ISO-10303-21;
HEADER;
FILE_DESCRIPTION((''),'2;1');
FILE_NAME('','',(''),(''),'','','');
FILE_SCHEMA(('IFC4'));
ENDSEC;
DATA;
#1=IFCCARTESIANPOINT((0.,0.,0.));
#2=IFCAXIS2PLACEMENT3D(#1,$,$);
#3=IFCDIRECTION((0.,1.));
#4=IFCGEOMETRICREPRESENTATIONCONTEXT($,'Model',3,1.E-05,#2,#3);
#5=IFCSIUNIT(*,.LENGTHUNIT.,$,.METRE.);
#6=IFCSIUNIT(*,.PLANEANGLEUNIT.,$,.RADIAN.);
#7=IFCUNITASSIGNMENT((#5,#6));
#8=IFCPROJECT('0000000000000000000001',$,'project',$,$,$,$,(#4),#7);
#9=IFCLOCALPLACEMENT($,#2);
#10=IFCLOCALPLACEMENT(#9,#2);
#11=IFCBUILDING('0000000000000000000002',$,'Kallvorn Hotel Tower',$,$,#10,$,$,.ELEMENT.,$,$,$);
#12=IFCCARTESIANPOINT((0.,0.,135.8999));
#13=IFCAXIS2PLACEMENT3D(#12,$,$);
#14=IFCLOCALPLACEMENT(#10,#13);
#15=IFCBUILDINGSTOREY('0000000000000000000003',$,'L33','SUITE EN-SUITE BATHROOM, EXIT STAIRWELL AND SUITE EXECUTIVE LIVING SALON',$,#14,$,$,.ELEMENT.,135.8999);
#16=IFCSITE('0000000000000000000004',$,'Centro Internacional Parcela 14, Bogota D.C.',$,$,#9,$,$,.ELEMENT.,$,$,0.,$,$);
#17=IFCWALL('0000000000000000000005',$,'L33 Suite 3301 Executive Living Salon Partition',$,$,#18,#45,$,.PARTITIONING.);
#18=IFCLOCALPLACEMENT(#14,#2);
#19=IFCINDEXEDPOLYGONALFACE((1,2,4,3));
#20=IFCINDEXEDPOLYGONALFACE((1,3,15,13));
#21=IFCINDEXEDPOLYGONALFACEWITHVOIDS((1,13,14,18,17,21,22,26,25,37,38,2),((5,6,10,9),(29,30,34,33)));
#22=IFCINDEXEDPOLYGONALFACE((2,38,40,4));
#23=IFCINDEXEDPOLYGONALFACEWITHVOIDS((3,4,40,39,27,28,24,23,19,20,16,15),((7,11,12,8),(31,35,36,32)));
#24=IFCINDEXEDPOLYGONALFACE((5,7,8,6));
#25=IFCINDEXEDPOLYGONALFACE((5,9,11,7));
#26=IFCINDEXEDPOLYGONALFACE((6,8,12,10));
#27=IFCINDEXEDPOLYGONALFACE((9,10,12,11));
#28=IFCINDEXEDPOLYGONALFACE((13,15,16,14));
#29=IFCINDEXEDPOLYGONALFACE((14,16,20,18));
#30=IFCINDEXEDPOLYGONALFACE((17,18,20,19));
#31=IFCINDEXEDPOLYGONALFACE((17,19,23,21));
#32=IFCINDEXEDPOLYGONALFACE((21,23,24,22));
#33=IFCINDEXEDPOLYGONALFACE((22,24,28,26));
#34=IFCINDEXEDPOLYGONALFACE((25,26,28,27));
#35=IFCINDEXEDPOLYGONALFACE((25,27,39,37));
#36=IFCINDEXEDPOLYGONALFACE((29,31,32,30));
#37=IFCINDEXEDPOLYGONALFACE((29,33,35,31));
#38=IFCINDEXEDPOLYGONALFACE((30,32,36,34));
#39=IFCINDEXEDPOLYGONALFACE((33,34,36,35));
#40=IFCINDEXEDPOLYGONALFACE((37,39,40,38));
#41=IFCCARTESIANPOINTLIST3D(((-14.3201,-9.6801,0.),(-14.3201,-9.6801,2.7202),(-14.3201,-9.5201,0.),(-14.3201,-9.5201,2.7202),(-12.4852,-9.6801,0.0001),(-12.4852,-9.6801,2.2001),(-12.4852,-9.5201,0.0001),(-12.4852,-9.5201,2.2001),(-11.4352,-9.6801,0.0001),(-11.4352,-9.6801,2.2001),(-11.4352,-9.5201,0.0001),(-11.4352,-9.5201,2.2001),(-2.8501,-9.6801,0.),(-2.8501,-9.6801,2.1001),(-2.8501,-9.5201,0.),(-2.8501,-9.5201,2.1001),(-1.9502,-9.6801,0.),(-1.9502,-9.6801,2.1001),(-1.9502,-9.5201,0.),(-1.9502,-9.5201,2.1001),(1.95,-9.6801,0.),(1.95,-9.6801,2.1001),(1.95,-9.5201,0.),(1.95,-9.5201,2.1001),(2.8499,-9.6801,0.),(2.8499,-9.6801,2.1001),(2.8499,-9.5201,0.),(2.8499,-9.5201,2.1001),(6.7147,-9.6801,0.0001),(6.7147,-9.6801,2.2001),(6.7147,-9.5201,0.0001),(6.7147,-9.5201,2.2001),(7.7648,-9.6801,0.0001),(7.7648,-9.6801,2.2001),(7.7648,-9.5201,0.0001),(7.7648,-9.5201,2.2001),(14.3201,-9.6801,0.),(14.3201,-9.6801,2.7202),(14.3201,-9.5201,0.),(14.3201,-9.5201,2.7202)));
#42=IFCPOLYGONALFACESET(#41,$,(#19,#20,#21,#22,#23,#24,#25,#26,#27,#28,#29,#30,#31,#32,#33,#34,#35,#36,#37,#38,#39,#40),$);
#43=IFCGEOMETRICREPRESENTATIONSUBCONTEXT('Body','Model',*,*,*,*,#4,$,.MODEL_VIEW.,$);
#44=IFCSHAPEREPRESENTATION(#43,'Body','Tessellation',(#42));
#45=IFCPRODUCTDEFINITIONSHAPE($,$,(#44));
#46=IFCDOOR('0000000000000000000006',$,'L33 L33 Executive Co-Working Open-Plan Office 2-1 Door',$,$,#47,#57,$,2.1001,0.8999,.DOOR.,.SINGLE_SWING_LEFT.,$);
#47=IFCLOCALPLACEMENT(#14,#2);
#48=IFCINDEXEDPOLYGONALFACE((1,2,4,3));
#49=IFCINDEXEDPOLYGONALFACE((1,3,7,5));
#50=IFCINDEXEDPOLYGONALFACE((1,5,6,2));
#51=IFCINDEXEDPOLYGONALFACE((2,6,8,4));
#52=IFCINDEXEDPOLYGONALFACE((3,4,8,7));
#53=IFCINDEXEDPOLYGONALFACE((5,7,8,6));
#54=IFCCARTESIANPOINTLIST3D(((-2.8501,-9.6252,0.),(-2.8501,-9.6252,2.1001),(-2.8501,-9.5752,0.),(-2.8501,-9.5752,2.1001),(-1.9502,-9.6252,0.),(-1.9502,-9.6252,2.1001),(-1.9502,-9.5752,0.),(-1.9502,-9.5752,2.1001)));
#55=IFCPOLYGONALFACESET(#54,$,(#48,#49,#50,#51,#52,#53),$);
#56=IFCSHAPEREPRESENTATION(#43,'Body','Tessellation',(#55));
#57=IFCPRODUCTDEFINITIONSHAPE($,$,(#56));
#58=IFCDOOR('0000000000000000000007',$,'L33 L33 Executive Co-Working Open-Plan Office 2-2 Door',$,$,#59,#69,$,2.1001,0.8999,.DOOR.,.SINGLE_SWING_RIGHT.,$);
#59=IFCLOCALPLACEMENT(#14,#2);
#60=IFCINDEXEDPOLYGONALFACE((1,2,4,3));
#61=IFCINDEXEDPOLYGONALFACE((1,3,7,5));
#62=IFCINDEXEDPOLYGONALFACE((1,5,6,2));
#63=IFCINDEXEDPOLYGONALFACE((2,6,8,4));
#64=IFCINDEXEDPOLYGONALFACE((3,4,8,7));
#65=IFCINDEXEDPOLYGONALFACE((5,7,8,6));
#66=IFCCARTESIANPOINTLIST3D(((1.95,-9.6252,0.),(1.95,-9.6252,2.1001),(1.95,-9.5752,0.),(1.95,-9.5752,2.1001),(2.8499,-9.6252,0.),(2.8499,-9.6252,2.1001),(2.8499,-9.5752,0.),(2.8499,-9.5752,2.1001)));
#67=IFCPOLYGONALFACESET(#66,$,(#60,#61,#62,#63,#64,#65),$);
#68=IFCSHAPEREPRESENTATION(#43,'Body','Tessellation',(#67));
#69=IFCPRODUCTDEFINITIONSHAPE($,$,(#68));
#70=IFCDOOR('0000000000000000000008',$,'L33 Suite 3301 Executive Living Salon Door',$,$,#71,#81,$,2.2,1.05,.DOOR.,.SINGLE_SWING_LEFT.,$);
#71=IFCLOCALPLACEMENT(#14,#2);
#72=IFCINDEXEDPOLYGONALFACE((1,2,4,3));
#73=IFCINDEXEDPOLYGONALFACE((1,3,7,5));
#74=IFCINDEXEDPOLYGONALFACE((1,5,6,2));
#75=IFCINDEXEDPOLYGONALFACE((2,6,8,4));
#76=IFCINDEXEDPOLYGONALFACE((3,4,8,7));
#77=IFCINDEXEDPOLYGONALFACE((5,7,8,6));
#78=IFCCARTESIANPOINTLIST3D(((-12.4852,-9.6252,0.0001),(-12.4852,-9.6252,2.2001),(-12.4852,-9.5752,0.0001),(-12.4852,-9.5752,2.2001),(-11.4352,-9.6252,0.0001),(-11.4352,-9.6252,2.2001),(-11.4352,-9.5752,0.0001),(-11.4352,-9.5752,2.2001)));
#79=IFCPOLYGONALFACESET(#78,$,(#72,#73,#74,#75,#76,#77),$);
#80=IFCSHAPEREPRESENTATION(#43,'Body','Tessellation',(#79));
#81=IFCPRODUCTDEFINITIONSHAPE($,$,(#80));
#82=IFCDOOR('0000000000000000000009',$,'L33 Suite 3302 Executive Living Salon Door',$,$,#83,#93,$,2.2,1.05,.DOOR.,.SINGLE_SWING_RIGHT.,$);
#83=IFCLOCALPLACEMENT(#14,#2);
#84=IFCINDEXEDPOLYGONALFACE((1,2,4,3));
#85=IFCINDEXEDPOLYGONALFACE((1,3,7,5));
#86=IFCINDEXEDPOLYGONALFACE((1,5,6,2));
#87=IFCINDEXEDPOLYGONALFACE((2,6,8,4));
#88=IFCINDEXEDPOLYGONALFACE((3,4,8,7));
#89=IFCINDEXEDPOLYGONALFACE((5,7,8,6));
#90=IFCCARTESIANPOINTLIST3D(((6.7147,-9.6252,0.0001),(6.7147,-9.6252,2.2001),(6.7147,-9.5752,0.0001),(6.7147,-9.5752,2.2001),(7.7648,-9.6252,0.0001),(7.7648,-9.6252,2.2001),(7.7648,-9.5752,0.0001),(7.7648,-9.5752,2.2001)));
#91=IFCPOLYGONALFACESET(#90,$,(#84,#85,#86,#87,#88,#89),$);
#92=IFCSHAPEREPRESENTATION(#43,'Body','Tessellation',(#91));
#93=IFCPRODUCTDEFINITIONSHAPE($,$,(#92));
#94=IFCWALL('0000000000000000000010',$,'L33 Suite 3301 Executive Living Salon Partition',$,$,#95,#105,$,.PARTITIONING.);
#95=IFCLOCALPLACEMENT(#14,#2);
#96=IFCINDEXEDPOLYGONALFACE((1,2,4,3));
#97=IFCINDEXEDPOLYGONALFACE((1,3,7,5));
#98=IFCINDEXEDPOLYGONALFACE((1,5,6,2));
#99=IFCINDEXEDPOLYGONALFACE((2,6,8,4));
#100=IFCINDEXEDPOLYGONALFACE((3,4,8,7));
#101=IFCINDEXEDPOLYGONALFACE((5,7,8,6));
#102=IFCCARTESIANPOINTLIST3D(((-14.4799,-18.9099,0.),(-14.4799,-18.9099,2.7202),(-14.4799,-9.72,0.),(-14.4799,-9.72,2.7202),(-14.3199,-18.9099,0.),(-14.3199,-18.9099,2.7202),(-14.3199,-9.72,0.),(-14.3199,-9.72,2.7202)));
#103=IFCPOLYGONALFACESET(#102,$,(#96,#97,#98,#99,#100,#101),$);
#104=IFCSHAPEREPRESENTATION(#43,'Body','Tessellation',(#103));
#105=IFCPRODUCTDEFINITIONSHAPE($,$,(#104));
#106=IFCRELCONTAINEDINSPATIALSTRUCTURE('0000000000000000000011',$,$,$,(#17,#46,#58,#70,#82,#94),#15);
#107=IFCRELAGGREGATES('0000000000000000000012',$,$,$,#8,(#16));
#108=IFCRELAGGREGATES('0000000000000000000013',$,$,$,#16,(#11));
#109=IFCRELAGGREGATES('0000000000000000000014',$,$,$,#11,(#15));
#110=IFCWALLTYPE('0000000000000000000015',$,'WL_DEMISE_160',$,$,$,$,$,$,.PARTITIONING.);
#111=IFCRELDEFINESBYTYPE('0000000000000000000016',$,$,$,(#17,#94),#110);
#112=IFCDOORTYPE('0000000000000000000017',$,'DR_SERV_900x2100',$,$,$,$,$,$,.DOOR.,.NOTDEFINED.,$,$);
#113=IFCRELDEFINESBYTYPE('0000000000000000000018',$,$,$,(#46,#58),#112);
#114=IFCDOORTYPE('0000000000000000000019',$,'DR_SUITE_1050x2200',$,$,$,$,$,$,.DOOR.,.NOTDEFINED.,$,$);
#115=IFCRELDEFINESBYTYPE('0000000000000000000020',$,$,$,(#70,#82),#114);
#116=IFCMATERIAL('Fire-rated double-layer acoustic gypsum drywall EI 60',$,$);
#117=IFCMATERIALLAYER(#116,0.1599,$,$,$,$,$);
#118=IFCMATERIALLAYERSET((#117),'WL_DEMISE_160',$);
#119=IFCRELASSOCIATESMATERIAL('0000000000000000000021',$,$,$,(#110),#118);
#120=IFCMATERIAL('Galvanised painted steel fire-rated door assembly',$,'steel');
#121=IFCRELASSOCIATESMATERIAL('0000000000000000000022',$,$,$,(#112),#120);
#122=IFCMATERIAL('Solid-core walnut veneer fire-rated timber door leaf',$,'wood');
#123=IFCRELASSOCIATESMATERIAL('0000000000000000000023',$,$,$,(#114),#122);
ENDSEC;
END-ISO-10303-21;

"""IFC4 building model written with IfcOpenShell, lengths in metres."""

from ifc_helpers import new_model, si_unit, direction, frame, frame_2d, origin, place, context, subcontext, project, spatial, rectangle, extrude, material, layer, layer_set, type_object, element, fill, save


model = new_model("IFC4")

# Units and contexts
model_context = context("Model", 3, precision=1e-05, world=origin(), true_north=direction((0.0, 1.0)))
body_context = subcontext(model_context, "Body", "Model", "MODEL_VIEW")
ifc_project = project(units=[si_unit("LENGTHUNIT", "METRE"), si_unit("PLANEANGLEUNIT", "RADIAN")], contexts=[model_context])

# Site, building, storey
site_placement = place(None, origin())
site = spatial("IfcSite", under=ifc_project, at=site_placement, Name="Centro Internacional Parcela 14, Bogota D.C.", CompositionType="ELEMENT", RefElevation=0.0)
building_placement = place(site_placement, origin())
building = spatial("IfcBuilding", under=site, at=building_placement, Name="Kallvorn Hotel Tower", CompositionType="ELEMENT")
storey_placement = place(building_placement, frame((0.0, 0.0, 135.8999)))
storey = spatial("IfcBuildingStorey", under=building, at=storey_placement, Name="L33", Description="SUITE EN-SUITE BATHROOM, EXIT STAIRWELL AND SUITE EXECUTIVE LIVING SALON", CompositionType="ELEMENT", Elevation=135.8999)

# Wall, openings, doors
ifc_material_1 = material(Name="Fire-rated double-layer acoustic gypsum drywall EI 60")
ifc_layer = layer(ifc_material_1, 0.1599)
ifc_layer_set = layer_set([ifc_layer], Name="WL_DEMISE_160")
wall_type = type_object("IfcWallType", Name="WL_DEMISE_160", PredefinedType="PARTITIONING", material=ifc_layer_set)
wall_1_placement = place(storey_placement, frame((-14.3201, -9.6001, 0.0), z_axis=(0.0, 0.0, 1.0), x_axis=(1.0, 0.0, 0.0)))
wall_1 = element("IfcWall", 1, at=wall_1_placement, inside=storey, type_object=wall_type, Name="L33 Suite 3301 Executive Living Salon Partition", PredefinedType="PARTITIONING", context=body_context, shape_type="SweptSolid", body=[
    extrude(rectangle(XDim=28.6401, YDim=0.1599, at=frame_2d((14.3201, 0.0))), origin(), (0.0, 0.0, 1.0), 2.7202),
])
opening_1_placement = place(wall_1_placement, frame((1.835, 0.0, 0.0)))
opening_1 = element("IfcOpeningElement", 2, at=opening_1_placement, cuts=wall_1, PredefinedType="OPENING", context=body_context, shape_type="SweptSolid", body=[
    extrude(rectangle(XDim=1.05, YDim=2.2, at=frame_2d((0.5249, 1.1001))), frame((0.0, 0.095, 0.0), z_axis=(0.0, -1.0, 0.0), x_axis=(1.0, 0.0, 0.0)), (0.0, 0.0, 1.0), 0.1899),
])
opening_2_placement = place(wall_1_placement, frame((11.47, 0.0, 0.0)))
opening_2 = element("IfcOpeningElement", 3, at=opening_2_placement, cuts=wall_1, PredefinedType="OPENING", context=body_context, shape_type="SweptSolid", body=[
    extrude(rectangle(XDim=0.8999, YDim=2.1001, at=frame_2d((0.45, 1.05))), frame((0.0, 0.095, 0.0), z_axis=(0.0, -1.0, 0.0), x_axis=(1.0, 0.0, 0.0)), (0.0, 0.0, 1.0), 0.1899),
])
opening_3_placement = place(wall_1_placement, frame((16.27, 0.0, 0.0)))
opening_3 = element("IfcOpeningElement", 4, at=opening_3_placement, cuts=wall_1, PredefinedType="OPENING", context=body_context, shape_type="SweptSolid", body=[
    extrude(rectangle(XDim=0.8999, YDim=2.1001, at=frame_2d((0.45, 1.05))), frame((0.0, 0.095, 0.0), z_axis=(0.0, -1.0, 0.0), x_axis=(1.0, 0.0, 0.0)), (0.0, 0.0, 1.0), 0.1899),
])
opening_4_placement = place(wall_1_placement, frame((21.0349, 0.0, 0.0)))
opening_4 = element("IfcOpeningElement", 5, at=opening_4_placement, cuts=wall_1, PredefinedType="OPENING", context=body_context, shape_type="SweptSolid", body=[
    extrude(rectangle(XDim=1.05, YDim=2.2, at=frame_2d((0.5249, 1.1001))), frame((0.0, 0.095, 0.0), z_axis=(0.0, -1.0, 0.0), x_axis=(1.0, 0.0, 0.0)), (0.0, 0.0, 1.0), 0.1899),
])
ifc_material_2 = material(Name="Galvanised painted steel fire-rated door assembly", Category="steel")
door_type_1 = type_object("IfcDoorType", Name="DR_SERV_900x2100", OperationType="NOTDEFINED", PredefinedType="DOOR", material=ifc_material_2)
door_1_placement = place(opening_2_placement, origin())
door_1 = element("IfcDoor", 6, at=door_1_placement, inside=storey, type_object=door_type_1, Name="L33 L33 Executive Co-Working Open-Plan Office 2-1 Door", OperationType="SINGLE_SWING_LEFT", OverallHeight=2.1001, OverallWidth=0.8999, PredefinedType="DOOR", context=body_context, shape_type="SweptSolid", body=[
    extrude(rectangle(XDim=0.8999, YDim=2.1001, at=frame_2d((0.45, 1.05))), frame((0.0, 0.0249, 0.0), z_axis=(0.0, -1.0, 0.0), x_axis=(1.0, 0.0, 0.0)), (0.0, 0.0, 1.0), 0.05),
])
fill(opening_2, door_1)
door_2_placement = place(opening_3_placement, origin())
door_2 = element("IfcDoor", 7, at=door_2_placement, inside=storey, type_object=door_type_1, Name="L33 L33 Executive Co-Working Open-Plan Office 2-2 Door", OperationType="SINGLE_SWING_RIGHT", OverallHeight=2.1001, OverallWidth=0.8999, PredefinedType="DOOR", context=body_context, shape_type="SweptSolid", body=[
    extrude(rectangle(XDim=0.8999, YDim=2.1001, at=frame_2d((0.45, 1.05))), frame((0.0, 0.0249, 0.0), z_axis=(0.0, -1.0, 0.0), x_axis=(1.0, 0.0, 0.0)), (0.0, 0.0, 1.0), 0.05),
])
fill(opening_3, door_2)
ifc_material_3 = material(Name="Solid-core walnut veneer fire-rated timber door leaf", Category="wood")
door_type_2 = type_object("IfcDoorType", Name="DR_SUITE_1050x2200", OperationType="NOTDEFINED", PredefinedType="DOOR", material=ifc_material_3)
door_3_placement = place(opening_1_placement, origin())
door_3 = element("IfcDoor", 8, at=door_3_placement, inside=storey, type_object=door_type_2, Name="L33 Suite 3301 Executive Living Salon Door", OperationType="SINGLE_SWING_LEFT", OverallHeight=2.2, OverallWidth=1.05, PredefinedType="DOOR", context=body_context, shape_type="SweptSolid", body=[
    extrude(rectangle(XDim=1.05, YDim=2.2, at=frame_2d((0.5249, 1.1001))), frame((0.0, 0.0249, 0.0), z_axis=(0.0, -1.0, 0.0), x_axis=(1.0, 0.0, 0.0)), (0.0, 0.0, 1.0), 0.05),
])
fill(opening_1, door_3)
door_4_placement = place(opening_4_placement, origin())
door_4 = element("IfcDoor", 9, at=door_4_placement, inside=storey, type_object=door_type_2, Name="L33 Suite 3302 Executive Living Salon Door", OperationType="SINGLE_SWING_RIGHT", OverallHeight=2.2, OverallWidth=1.05, PredefinedType="DOOR", context=body_context, shape_type="SweptSolid", body=[
    extrude(rectangle(XDim=1.05, YDim=2.2, at=frame_2d((0.5249, 1.1001))), frame((0.0, 0.0249, 0.0), z_axis=(0.0, -1.0, 0.0), x_axis=(1.0, 0.0, 0.0)), (0.0, 0.0, 1.0), 0.05),
])
fill(opening_4, door_4)

# Wall
wall_2_placement = place(storey_placement, frame((-14.3999, -18.9099, 0.0), z_axis=(0.0, 0.0, 1.0), x_axis=(0.0, 1.0, 0.0)))
element("IfcWall", 10, at=wall_2_placement, inside=storey, type_object=wall_type, Name="L33 Suite 3301 Executive Living Salon Partition", PredefinedType="PARTITIONING", context=body_context, shape_type="SweptSolid", body=[
    extrude(rectangle(XDim=9.1899, YDim=0.1599, at=frame_2d((4.595, 0.0))), origin(), (0.0, 0.0, 1.0), 2.7202),
])

save(model, "model.ifc")
